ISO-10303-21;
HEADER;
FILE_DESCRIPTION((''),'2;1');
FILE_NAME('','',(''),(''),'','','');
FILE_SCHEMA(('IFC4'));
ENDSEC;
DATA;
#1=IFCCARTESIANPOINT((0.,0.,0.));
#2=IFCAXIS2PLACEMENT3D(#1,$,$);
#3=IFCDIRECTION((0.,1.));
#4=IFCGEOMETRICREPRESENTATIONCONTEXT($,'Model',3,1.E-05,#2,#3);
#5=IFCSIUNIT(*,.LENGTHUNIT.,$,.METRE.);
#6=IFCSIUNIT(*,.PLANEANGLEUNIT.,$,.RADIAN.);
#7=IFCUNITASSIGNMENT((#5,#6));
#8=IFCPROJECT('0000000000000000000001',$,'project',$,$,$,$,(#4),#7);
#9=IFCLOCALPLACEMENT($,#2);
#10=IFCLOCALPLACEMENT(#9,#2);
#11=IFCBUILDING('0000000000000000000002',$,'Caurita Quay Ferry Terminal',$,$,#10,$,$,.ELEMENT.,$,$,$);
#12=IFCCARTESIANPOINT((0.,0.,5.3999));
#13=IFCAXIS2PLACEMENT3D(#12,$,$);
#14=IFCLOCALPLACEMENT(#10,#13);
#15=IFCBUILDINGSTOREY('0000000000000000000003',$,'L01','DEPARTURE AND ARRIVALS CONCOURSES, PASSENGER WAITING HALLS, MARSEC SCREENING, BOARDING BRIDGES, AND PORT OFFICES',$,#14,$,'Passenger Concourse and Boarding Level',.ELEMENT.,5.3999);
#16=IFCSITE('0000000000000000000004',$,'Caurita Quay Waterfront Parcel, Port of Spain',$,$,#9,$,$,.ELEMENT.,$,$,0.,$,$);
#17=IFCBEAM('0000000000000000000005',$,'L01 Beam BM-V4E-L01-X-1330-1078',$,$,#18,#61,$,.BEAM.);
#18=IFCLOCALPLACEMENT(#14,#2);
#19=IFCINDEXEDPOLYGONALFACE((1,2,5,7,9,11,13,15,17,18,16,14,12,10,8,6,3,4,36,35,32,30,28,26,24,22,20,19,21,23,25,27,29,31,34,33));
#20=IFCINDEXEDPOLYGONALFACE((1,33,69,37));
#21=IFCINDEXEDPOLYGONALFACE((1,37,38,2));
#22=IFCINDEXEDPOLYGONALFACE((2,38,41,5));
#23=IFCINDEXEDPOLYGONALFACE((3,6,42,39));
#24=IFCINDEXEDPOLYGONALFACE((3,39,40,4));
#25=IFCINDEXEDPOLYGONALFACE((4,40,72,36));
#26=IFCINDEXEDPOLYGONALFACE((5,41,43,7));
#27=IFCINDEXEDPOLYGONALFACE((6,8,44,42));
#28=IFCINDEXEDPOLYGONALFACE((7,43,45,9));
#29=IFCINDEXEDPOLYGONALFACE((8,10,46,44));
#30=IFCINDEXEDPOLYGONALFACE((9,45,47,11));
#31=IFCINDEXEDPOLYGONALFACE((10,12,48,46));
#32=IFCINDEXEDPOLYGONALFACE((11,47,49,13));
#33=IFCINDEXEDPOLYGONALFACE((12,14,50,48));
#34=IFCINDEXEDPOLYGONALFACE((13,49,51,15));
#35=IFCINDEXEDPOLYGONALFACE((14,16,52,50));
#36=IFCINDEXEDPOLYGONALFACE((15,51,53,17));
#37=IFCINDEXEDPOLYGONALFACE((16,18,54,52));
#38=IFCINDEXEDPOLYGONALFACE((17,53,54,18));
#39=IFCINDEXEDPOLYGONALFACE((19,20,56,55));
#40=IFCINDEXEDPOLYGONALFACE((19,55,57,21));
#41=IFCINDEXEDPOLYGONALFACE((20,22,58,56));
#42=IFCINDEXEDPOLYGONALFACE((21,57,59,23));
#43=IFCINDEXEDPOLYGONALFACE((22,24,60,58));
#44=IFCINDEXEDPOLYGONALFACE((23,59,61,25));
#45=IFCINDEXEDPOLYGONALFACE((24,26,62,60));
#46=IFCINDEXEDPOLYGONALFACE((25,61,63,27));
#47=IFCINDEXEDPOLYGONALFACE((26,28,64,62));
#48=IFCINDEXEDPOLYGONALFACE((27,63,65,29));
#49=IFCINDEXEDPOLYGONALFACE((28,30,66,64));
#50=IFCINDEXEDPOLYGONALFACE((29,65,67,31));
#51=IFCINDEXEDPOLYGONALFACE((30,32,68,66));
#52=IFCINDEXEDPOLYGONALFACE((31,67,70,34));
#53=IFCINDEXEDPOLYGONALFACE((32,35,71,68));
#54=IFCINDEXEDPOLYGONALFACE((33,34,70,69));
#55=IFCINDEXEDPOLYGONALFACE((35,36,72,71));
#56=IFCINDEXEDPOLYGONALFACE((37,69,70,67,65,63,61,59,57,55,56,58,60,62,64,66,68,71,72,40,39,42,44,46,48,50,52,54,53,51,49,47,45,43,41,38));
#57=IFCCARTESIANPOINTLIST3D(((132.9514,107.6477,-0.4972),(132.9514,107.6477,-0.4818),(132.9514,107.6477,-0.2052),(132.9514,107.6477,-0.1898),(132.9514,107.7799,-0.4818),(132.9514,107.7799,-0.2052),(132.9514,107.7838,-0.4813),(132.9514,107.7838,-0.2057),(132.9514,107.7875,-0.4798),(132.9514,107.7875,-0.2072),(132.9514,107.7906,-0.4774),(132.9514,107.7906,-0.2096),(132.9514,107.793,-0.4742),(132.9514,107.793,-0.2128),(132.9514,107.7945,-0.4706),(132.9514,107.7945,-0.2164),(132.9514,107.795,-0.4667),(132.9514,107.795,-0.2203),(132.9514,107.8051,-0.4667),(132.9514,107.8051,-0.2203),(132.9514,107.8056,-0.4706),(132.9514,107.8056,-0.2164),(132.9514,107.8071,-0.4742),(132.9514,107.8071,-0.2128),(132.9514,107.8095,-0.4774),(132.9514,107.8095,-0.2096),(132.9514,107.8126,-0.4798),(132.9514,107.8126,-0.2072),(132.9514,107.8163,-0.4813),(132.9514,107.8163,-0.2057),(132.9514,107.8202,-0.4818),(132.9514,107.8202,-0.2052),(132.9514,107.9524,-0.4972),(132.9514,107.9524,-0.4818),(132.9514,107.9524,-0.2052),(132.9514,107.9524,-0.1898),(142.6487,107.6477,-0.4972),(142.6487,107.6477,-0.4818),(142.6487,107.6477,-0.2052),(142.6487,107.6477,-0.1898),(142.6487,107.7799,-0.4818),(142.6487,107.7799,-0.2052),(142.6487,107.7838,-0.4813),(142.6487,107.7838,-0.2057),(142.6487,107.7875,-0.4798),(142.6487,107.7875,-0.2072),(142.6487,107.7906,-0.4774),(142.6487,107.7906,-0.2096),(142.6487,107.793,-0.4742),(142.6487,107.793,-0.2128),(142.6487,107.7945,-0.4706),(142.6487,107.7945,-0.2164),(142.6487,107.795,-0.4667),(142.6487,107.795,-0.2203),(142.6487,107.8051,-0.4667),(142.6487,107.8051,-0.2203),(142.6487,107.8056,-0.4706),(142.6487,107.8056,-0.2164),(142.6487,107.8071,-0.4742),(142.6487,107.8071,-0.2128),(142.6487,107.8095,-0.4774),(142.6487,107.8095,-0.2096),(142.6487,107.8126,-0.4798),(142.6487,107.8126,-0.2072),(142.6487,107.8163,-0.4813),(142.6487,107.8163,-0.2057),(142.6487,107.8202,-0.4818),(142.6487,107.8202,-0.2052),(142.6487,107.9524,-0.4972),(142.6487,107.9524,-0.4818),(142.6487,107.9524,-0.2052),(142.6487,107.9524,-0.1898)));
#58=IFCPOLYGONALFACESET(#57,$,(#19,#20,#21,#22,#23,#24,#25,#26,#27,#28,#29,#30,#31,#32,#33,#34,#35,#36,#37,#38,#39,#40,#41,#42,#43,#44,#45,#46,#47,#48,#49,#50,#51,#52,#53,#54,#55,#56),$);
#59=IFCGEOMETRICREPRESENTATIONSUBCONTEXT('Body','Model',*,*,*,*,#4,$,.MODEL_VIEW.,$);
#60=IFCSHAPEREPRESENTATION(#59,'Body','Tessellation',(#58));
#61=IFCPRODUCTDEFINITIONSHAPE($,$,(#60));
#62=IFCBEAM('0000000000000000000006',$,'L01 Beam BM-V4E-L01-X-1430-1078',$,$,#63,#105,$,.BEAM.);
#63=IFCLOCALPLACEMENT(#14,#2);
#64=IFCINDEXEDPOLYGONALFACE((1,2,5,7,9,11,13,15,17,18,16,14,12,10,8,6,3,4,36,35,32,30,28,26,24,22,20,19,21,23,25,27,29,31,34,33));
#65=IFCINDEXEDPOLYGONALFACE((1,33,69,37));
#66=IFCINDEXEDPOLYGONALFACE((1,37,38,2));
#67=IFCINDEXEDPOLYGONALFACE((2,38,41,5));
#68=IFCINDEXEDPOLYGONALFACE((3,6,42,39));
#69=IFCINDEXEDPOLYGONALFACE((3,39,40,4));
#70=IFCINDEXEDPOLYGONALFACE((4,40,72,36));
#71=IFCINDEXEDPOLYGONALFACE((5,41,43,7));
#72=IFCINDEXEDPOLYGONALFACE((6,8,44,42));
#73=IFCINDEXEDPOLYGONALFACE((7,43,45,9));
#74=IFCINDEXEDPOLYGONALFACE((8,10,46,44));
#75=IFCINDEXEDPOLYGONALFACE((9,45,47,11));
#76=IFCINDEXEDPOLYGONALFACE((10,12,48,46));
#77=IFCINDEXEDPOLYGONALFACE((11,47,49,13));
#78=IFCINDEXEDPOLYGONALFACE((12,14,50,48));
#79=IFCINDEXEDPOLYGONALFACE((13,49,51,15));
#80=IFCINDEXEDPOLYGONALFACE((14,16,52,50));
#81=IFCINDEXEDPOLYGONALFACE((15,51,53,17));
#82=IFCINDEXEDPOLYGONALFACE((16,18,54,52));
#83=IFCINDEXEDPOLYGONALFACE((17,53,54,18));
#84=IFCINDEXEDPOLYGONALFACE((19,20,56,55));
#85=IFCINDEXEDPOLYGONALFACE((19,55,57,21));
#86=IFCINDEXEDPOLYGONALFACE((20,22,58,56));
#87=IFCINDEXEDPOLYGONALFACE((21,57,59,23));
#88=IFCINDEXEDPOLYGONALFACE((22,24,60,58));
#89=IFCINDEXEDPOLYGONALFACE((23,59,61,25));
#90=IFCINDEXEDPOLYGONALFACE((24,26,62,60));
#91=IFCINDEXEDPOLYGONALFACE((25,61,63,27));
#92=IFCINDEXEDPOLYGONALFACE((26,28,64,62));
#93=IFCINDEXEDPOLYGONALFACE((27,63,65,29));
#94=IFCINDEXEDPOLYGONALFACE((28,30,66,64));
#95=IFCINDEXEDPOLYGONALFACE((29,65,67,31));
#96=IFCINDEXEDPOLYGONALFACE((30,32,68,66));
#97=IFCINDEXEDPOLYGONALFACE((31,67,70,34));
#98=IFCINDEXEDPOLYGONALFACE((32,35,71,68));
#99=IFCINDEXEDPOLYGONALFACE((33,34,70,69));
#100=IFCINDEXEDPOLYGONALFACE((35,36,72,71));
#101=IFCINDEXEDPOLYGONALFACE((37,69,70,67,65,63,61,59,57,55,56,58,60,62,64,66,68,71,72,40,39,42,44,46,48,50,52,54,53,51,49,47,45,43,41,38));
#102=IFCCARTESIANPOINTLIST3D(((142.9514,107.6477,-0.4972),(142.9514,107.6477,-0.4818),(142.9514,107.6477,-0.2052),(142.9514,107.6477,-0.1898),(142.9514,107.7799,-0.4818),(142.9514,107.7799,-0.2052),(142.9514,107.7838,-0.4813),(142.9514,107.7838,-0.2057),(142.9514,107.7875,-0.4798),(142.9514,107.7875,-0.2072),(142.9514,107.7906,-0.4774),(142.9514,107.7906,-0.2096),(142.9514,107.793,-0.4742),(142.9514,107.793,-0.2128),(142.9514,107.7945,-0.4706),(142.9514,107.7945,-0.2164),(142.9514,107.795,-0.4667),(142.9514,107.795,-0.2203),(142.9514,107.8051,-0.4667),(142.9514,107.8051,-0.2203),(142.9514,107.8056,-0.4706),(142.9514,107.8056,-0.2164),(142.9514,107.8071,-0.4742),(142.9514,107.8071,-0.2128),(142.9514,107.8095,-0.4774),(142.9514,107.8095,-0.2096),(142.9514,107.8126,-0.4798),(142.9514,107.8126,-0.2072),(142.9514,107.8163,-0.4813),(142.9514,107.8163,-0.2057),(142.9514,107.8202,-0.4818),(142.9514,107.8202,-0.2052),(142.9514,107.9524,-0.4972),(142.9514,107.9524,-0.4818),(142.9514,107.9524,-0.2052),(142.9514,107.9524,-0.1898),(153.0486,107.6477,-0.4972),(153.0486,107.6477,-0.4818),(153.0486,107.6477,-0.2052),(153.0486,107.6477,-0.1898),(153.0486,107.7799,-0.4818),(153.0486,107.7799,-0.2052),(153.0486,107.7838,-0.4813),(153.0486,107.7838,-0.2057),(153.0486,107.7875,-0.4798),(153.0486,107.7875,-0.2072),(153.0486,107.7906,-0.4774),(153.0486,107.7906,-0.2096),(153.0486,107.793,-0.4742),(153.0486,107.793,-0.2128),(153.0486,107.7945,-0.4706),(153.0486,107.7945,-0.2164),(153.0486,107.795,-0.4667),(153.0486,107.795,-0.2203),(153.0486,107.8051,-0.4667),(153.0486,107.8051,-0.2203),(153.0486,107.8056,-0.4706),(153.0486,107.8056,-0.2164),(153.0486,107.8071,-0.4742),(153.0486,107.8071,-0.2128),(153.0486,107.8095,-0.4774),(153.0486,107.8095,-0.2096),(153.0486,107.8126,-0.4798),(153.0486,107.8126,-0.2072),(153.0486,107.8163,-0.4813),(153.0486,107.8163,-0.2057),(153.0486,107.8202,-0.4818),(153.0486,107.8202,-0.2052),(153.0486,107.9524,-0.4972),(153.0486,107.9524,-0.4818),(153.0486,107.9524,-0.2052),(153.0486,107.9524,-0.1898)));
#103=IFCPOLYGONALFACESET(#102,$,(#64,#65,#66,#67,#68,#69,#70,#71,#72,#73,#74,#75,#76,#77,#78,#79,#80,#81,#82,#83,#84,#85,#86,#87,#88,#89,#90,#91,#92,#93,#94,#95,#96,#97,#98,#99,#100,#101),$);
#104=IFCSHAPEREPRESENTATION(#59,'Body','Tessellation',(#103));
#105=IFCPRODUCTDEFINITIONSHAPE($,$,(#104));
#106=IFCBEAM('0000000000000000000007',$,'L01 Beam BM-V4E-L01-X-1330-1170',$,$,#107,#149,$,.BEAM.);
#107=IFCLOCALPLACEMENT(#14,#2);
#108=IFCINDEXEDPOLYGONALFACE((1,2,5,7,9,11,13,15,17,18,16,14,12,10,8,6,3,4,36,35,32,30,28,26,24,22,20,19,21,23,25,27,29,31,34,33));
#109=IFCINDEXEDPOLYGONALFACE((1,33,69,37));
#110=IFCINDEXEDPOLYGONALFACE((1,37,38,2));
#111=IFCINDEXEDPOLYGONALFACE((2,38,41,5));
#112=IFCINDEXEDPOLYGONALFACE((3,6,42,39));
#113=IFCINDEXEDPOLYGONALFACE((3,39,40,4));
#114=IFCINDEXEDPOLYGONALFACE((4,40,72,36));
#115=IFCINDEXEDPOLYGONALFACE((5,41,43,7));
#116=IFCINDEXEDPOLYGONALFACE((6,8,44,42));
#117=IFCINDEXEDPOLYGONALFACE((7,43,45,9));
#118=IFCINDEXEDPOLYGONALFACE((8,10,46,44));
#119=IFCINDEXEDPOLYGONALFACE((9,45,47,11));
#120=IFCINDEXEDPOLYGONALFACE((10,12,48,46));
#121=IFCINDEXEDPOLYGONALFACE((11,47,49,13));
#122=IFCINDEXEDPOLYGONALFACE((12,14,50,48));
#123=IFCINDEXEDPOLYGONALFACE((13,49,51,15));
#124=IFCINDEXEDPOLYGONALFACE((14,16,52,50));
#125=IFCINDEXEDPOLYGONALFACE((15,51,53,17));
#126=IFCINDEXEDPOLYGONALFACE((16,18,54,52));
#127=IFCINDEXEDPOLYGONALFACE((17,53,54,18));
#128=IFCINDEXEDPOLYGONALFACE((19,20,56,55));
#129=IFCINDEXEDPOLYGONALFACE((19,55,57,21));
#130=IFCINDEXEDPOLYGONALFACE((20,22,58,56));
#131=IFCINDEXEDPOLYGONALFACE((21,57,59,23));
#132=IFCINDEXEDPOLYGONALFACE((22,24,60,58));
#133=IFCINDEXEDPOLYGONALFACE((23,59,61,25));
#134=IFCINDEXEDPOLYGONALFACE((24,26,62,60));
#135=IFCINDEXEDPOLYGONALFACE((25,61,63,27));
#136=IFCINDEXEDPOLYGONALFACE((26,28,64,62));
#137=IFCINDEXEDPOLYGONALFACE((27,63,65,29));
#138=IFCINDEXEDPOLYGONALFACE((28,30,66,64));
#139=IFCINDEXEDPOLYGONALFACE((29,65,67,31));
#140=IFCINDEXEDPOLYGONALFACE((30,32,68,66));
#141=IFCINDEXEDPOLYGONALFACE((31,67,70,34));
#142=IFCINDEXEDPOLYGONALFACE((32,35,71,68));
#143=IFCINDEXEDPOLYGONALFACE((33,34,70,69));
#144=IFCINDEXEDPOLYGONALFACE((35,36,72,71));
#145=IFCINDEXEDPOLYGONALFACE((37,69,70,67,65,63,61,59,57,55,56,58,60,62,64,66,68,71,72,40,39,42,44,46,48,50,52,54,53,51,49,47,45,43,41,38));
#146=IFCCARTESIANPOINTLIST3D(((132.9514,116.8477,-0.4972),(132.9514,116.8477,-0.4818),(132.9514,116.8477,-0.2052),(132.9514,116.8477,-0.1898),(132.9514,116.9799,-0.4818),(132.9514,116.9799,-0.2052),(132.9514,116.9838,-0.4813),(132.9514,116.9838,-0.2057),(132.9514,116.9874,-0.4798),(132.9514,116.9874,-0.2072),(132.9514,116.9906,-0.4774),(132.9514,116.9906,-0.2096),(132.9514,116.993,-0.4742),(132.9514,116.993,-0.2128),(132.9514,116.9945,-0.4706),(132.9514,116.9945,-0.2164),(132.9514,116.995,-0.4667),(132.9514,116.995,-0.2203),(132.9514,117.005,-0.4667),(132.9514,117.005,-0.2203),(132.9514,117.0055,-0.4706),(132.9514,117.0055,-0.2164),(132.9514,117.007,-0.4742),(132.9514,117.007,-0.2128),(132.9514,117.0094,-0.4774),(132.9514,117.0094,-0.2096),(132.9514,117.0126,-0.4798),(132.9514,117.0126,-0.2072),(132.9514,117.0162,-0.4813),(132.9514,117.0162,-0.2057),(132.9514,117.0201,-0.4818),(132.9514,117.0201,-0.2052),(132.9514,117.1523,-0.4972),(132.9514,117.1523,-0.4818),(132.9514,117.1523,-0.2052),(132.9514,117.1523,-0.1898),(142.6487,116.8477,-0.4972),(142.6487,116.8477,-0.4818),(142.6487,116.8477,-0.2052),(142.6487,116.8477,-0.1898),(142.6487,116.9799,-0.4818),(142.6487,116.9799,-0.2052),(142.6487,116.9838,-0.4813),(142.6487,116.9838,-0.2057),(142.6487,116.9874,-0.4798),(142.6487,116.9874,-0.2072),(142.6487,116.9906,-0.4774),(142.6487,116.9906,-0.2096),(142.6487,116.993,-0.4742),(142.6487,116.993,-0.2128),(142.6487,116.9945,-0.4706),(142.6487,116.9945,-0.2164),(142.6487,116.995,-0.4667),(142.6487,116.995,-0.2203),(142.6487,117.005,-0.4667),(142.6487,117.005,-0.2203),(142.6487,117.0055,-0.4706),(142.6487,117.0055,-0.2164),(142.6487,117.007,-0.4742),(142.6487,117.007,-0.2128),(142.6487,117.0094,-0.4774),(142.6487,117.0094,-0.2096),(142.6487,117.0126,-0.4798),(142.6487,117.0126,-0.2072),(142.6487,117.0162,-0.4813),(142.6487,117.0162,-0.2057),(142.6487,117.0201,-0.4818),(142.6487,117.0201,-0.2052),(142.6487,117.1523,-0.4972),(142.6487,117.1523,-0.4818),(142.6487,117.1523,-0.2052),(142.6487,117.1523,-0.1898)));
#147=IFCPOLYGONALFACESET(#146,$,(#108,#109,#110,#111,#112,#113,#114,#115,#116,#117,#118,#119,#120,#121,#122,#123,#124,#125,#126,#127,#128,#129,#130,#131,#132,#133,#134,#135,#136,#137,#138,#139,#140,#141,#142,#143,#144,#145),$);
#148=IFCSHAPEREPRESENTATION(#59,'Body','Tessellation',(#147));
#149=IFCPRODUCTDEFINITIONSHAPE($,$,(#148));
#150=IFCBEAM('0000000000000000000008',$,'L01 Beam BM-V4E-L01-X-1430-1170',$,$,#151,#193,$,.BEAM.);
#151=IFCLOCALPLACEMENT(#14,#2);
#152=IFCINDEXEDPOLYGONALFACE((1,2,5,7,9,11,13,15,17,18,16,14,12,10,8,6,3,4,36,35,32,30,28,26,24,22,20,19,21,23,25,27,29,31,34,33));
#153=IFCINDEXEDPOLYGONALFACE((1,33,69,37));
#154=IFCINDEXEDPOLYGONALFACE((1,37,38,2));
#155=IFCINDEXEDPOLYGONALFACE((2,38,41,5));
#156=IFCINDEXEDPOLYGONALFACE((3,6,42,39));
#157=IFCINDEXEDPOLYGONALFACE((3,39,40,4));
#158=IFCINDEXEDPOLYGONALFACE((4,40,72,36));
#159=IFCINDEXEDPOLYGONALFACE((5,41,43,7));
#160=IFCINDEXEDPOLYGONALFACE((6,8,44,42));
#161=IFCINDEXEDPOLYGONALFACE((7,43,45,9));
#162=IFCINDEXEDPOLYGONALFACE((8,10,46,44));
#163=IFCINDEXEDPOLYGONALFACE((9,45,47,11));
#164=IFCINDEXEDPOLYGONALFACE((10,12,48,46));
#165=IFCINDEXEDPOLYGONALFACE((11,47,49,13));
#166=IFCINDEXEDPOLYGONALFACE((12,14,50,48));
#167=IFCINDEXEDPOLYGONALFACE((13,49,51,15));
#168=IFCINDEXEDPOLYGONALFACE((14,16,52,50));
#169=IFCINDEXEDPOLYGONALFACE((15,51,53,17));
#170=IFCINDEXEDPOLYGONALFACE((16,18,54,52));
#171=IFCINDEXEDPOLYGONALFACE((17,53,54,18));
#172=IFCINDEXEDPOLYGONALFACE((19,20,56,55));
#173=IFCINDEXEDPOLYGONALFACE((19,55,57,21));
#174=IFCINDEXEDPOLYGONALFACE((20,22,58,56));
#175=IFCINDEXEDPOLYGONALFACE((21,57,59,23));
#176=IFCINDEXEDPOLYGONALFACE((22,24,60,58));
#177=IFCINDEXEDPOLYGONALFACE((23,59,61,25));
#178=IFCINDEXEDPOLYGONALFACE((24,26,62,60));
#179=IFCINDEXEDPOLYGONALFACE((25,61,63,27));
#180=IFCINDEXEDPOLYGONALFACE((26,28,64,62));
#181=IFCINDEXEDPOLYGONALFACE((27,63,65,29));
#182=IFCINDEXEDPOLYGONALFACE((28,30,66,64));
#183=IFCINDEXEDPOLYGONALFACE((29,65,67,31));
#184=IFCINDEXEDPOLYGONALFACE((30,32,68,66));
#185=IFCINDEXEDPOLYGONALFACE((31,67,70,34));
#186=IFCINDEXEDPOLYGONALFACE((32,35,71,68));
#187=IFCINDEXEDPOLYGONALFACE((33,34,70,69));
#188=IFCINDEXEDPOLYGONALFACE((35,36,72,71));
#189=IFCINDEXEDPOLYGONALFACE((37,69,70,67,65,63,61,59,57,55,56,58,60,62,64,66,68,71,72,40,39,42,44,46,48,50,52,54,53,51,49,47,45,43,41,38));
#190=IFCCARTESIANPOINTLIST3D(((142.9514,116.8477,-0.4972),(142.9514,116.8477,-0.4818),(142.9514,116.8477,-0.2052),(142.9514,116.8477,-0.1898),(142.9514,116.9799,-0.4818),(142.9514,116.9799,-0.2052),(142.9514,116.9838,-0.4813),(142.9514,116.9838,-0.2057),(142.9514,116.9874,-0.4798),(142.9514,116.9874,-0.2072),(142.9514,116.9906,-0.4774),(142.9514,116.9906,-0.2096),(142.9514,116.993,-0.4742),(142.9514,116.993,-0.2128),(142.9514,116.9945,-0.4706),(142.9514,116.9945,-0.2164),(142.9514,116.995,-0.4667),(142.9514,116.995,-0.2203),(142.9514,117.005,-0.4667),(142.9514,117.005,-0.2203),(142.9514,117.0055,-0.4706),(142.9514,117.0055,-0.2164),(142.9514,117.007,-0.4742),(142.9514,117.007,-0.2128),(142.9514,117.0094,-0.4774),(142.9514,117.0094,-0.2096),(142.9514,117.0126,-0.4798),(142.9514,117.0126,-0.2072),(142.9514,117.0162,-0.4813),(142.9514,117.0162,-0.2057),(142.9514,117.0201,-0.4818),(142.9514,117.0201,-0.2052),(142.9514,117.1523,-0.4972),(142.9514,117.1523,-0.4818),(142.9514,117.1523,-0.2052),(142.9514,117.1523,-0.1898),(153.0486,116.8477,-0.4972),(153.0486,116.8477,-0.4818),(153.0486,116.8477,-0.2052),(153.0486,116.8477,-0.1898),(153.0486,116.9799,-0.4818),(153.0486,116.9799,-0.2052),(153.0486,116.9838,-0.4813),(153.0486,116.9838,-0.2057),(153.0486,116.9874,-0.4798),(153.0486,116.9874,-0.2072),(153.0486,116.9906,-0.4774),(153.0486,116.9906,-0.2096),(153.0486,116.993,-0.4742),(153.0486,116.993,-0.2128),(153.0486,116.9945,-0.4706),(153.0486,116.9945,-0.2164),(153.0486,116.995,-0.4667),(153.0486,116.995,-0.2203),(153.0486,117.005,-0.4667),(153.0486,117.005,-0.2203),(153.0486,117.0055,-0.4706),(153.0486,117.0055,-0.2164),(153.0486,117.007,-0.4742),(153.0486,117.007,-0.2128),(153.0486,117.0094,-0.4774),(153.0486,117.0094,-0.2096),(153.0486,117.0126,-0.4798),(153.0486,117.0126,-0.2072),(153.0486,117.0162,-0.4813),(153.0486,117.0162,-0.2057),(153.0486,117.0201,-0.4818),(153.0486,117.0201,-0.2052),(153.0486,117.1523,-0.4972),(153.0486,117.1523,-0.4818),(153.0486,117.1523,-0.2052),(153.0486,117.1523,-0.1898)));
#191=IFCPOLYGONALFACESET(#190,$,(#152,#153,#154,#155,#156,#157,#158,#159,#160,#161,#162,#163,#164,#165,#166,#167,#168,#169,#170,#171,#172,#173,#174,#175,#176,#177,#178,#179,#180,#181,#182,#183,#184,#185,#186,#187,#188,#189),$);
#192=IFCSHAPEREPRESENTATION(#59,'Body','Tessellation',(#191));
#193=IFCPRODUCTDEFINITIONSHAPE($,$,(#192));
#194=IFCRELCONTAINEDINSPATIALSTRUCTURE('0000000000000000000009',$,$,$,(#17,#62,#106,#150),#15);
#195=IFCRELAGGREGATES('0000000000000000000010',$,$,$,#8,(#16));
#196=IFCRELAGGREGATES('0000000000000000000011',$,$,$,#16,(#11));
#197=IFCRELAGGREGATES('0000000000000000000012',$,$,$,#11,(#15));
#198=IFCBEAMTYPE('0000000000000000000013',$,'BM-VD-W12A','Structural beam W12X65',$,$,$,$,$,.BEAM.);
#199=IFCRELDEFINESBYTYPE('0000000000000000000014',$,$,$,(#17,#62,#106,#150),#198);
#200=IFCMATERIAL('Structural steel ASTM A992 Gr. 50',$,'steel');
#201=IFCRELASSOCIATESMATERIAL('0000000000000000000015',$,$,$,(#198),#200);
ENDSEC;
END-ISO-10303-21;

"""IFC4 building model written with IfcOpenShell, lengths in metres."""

from ifc_helpers import new_model, si_unit, direction, frame, origin, origin_2d, place, context, subcontext, project, spatial, i_section, extrude, material, material_profile, profile_set, type_object, element, save


model = new_model("IFC4")

# Units and contexts
model_context = context("Model", 3, precision=1e-05, world=origin(), true_north=direction((0.0, 1.0)))
body_context = subcontext(model_context, "Body", "Model", "MODEL_VIEW")
ifc_project = project(units=[si_unit("LENGTHUNIT", "METRE"), si_unit("PLANEANGLEUNIT", "RADIAN")], contexts=[model_context])

# Site, building, storey
site_placement = place(None, origin())
site = spatial("IfcSite", under=ifc_project, at=site_placement, Name="Caurita Quay Waterfront Parcel, Port of Spain", CompositionType="ELEMENT", RefElevation=0.0)
building_placement = place(site_placement, origin())
building = spatial("IfcBuilding", under=site, at=building_placement, Name="Caurita Quay Ferry Terminal", CompositionType="ELEMENT")
storey_placement = place(building_placement, frame((0.0, 0.0, 5.3999)))
storey = spatial("IfcBuildingStorey", under=building, at=storey_placement, Name="L01", Description="DEPARTURE AND ARRIVALS CONCOURSES, PASSENGER WAITING HALLS, MARSEC SCREENING, BOARDING BRIDGES, AND PORT OFFICES", LongName="Passenger Concourse and Boarding Level", CompositionType="ELEMENT", Elevation=5.3999)

# Beams
ifc_material_1 = material(Name="Structural steel ASTM A992 Gr. 50", Category="steel")
ifc_material_profile_1 = material_profile(ifc_material_1, i_section(OverallWidth=0.3047, OverallDepth=0.3074, WebThickness=0.01, FlangeThickness=0.0154, FilletRadius=0.0151, at=origin_2d()), Name="W12X65")
ifc_profile_set_1 = profile_set([ifc_material_profile_1], Name="Structural steel ASTM A992 Gr. 50")
beam_type_1 = type_object("IfcBeamType", Name="BM-VD-W12A", Description="Structural beam W12X65", PredefinedType="BEAM", material=ifc_profile_set_1)
beam_1_placement = place(storey_placement, frame((132.9514, 107.8, -0.3435), z_axis=(1.0, 0.0, 0.0), x_axis=(0.0, 1.0, 0.0)))
element("IfcBeam", 1, at=beam_1_placement, inside=storey, type_object=beam_type_1, Name="L01 Beam BM-V4E-L01-X-1330-1078", PredefinedType="BEAM", context=body_context, shape_type="SweptSolid", body=[
    extrude(i_section(OverallWidth=0.3047, OverallDepth=0.3074, WebThickness=0.01, FlangeThickness=0.0154, FilletRadius=0.0151, at=origin_2d()), origin(), (0.0, 0.0, 1.0), 9.6973),
])
beam_2_placement = place(storey_placement, frame((142.9514, 107.8, -0.3435), z_axis=(1.0, 0.0, 0.0), x_axis=(0.0, 1.0, 0.0)))
element("IfcBeam", 2, at=beam_2_placement, inside=storey, type_object=beam_type_1, Name="L01 Beam BM-V4E-L01-X-1430-1078", PredefinedType="BEAM", context=body_context, shape_type="SweptSolid", body=[
    extrude(i_section(OverallWidth=0.3047, OverallDepth=0.3074, WebThickness=0.01, FlangeThickness=0.0154, FilletRadius=0.0151, at=origin_2d()), origin(), (0.0, 0.0, 1.0), 10.0972),
])
beam_3_placement = place(storey_placement, frame((132.9514, 117.0, -0.3435), z_axis=(1.0, 0.0, 0.0), x_axis=(0.0, 1.0, 0.0)))
element("IfcBeam", 3, at=beam_3_placement, inside=storey, type_object=beam_type_1, Name="L01 Beam BM-V4E-L01-X-1330-1170", PredefinedType="BEAM", context=body_context, shape_type="SweptSolid", body=[
    extrude(i_section(OverallWidth=0.3047, OverallDepth=0.3074, WebThickness=0.01, FlangeThickness=0.0154, FilletRadius=0.0151, at=origin_2d()), origin(), (0.0, 0.0, 1.0), 9.6973),
])
beam_4_placement = place(storey_placement, frame((142.9514, 117.0, -0.3435), z_axis=(1.0, 0.0, 0.0), x_axis=(0.0, 1.0, 0.0)))
element("IfcBeam", 4, at=beam_4_placement, inside=storey, type_object=beam_type_1, Name="L01 Beam BM-V4E-L01-X-1430-1170", PredefinedType="BEAM", context=body_context, shape_type="SweptSolid", body=[
    extrude(i_section(OverallWidth=0.3047, OverallDepth=0.3074, WebThickness=0.01, FlangeThickness=0.0154, FilletRadius=0.0151, at=origin_2d()), origin(), (0.0, 0.0, 1.0), 10.0972),
])

save(model, "model.ifc")
